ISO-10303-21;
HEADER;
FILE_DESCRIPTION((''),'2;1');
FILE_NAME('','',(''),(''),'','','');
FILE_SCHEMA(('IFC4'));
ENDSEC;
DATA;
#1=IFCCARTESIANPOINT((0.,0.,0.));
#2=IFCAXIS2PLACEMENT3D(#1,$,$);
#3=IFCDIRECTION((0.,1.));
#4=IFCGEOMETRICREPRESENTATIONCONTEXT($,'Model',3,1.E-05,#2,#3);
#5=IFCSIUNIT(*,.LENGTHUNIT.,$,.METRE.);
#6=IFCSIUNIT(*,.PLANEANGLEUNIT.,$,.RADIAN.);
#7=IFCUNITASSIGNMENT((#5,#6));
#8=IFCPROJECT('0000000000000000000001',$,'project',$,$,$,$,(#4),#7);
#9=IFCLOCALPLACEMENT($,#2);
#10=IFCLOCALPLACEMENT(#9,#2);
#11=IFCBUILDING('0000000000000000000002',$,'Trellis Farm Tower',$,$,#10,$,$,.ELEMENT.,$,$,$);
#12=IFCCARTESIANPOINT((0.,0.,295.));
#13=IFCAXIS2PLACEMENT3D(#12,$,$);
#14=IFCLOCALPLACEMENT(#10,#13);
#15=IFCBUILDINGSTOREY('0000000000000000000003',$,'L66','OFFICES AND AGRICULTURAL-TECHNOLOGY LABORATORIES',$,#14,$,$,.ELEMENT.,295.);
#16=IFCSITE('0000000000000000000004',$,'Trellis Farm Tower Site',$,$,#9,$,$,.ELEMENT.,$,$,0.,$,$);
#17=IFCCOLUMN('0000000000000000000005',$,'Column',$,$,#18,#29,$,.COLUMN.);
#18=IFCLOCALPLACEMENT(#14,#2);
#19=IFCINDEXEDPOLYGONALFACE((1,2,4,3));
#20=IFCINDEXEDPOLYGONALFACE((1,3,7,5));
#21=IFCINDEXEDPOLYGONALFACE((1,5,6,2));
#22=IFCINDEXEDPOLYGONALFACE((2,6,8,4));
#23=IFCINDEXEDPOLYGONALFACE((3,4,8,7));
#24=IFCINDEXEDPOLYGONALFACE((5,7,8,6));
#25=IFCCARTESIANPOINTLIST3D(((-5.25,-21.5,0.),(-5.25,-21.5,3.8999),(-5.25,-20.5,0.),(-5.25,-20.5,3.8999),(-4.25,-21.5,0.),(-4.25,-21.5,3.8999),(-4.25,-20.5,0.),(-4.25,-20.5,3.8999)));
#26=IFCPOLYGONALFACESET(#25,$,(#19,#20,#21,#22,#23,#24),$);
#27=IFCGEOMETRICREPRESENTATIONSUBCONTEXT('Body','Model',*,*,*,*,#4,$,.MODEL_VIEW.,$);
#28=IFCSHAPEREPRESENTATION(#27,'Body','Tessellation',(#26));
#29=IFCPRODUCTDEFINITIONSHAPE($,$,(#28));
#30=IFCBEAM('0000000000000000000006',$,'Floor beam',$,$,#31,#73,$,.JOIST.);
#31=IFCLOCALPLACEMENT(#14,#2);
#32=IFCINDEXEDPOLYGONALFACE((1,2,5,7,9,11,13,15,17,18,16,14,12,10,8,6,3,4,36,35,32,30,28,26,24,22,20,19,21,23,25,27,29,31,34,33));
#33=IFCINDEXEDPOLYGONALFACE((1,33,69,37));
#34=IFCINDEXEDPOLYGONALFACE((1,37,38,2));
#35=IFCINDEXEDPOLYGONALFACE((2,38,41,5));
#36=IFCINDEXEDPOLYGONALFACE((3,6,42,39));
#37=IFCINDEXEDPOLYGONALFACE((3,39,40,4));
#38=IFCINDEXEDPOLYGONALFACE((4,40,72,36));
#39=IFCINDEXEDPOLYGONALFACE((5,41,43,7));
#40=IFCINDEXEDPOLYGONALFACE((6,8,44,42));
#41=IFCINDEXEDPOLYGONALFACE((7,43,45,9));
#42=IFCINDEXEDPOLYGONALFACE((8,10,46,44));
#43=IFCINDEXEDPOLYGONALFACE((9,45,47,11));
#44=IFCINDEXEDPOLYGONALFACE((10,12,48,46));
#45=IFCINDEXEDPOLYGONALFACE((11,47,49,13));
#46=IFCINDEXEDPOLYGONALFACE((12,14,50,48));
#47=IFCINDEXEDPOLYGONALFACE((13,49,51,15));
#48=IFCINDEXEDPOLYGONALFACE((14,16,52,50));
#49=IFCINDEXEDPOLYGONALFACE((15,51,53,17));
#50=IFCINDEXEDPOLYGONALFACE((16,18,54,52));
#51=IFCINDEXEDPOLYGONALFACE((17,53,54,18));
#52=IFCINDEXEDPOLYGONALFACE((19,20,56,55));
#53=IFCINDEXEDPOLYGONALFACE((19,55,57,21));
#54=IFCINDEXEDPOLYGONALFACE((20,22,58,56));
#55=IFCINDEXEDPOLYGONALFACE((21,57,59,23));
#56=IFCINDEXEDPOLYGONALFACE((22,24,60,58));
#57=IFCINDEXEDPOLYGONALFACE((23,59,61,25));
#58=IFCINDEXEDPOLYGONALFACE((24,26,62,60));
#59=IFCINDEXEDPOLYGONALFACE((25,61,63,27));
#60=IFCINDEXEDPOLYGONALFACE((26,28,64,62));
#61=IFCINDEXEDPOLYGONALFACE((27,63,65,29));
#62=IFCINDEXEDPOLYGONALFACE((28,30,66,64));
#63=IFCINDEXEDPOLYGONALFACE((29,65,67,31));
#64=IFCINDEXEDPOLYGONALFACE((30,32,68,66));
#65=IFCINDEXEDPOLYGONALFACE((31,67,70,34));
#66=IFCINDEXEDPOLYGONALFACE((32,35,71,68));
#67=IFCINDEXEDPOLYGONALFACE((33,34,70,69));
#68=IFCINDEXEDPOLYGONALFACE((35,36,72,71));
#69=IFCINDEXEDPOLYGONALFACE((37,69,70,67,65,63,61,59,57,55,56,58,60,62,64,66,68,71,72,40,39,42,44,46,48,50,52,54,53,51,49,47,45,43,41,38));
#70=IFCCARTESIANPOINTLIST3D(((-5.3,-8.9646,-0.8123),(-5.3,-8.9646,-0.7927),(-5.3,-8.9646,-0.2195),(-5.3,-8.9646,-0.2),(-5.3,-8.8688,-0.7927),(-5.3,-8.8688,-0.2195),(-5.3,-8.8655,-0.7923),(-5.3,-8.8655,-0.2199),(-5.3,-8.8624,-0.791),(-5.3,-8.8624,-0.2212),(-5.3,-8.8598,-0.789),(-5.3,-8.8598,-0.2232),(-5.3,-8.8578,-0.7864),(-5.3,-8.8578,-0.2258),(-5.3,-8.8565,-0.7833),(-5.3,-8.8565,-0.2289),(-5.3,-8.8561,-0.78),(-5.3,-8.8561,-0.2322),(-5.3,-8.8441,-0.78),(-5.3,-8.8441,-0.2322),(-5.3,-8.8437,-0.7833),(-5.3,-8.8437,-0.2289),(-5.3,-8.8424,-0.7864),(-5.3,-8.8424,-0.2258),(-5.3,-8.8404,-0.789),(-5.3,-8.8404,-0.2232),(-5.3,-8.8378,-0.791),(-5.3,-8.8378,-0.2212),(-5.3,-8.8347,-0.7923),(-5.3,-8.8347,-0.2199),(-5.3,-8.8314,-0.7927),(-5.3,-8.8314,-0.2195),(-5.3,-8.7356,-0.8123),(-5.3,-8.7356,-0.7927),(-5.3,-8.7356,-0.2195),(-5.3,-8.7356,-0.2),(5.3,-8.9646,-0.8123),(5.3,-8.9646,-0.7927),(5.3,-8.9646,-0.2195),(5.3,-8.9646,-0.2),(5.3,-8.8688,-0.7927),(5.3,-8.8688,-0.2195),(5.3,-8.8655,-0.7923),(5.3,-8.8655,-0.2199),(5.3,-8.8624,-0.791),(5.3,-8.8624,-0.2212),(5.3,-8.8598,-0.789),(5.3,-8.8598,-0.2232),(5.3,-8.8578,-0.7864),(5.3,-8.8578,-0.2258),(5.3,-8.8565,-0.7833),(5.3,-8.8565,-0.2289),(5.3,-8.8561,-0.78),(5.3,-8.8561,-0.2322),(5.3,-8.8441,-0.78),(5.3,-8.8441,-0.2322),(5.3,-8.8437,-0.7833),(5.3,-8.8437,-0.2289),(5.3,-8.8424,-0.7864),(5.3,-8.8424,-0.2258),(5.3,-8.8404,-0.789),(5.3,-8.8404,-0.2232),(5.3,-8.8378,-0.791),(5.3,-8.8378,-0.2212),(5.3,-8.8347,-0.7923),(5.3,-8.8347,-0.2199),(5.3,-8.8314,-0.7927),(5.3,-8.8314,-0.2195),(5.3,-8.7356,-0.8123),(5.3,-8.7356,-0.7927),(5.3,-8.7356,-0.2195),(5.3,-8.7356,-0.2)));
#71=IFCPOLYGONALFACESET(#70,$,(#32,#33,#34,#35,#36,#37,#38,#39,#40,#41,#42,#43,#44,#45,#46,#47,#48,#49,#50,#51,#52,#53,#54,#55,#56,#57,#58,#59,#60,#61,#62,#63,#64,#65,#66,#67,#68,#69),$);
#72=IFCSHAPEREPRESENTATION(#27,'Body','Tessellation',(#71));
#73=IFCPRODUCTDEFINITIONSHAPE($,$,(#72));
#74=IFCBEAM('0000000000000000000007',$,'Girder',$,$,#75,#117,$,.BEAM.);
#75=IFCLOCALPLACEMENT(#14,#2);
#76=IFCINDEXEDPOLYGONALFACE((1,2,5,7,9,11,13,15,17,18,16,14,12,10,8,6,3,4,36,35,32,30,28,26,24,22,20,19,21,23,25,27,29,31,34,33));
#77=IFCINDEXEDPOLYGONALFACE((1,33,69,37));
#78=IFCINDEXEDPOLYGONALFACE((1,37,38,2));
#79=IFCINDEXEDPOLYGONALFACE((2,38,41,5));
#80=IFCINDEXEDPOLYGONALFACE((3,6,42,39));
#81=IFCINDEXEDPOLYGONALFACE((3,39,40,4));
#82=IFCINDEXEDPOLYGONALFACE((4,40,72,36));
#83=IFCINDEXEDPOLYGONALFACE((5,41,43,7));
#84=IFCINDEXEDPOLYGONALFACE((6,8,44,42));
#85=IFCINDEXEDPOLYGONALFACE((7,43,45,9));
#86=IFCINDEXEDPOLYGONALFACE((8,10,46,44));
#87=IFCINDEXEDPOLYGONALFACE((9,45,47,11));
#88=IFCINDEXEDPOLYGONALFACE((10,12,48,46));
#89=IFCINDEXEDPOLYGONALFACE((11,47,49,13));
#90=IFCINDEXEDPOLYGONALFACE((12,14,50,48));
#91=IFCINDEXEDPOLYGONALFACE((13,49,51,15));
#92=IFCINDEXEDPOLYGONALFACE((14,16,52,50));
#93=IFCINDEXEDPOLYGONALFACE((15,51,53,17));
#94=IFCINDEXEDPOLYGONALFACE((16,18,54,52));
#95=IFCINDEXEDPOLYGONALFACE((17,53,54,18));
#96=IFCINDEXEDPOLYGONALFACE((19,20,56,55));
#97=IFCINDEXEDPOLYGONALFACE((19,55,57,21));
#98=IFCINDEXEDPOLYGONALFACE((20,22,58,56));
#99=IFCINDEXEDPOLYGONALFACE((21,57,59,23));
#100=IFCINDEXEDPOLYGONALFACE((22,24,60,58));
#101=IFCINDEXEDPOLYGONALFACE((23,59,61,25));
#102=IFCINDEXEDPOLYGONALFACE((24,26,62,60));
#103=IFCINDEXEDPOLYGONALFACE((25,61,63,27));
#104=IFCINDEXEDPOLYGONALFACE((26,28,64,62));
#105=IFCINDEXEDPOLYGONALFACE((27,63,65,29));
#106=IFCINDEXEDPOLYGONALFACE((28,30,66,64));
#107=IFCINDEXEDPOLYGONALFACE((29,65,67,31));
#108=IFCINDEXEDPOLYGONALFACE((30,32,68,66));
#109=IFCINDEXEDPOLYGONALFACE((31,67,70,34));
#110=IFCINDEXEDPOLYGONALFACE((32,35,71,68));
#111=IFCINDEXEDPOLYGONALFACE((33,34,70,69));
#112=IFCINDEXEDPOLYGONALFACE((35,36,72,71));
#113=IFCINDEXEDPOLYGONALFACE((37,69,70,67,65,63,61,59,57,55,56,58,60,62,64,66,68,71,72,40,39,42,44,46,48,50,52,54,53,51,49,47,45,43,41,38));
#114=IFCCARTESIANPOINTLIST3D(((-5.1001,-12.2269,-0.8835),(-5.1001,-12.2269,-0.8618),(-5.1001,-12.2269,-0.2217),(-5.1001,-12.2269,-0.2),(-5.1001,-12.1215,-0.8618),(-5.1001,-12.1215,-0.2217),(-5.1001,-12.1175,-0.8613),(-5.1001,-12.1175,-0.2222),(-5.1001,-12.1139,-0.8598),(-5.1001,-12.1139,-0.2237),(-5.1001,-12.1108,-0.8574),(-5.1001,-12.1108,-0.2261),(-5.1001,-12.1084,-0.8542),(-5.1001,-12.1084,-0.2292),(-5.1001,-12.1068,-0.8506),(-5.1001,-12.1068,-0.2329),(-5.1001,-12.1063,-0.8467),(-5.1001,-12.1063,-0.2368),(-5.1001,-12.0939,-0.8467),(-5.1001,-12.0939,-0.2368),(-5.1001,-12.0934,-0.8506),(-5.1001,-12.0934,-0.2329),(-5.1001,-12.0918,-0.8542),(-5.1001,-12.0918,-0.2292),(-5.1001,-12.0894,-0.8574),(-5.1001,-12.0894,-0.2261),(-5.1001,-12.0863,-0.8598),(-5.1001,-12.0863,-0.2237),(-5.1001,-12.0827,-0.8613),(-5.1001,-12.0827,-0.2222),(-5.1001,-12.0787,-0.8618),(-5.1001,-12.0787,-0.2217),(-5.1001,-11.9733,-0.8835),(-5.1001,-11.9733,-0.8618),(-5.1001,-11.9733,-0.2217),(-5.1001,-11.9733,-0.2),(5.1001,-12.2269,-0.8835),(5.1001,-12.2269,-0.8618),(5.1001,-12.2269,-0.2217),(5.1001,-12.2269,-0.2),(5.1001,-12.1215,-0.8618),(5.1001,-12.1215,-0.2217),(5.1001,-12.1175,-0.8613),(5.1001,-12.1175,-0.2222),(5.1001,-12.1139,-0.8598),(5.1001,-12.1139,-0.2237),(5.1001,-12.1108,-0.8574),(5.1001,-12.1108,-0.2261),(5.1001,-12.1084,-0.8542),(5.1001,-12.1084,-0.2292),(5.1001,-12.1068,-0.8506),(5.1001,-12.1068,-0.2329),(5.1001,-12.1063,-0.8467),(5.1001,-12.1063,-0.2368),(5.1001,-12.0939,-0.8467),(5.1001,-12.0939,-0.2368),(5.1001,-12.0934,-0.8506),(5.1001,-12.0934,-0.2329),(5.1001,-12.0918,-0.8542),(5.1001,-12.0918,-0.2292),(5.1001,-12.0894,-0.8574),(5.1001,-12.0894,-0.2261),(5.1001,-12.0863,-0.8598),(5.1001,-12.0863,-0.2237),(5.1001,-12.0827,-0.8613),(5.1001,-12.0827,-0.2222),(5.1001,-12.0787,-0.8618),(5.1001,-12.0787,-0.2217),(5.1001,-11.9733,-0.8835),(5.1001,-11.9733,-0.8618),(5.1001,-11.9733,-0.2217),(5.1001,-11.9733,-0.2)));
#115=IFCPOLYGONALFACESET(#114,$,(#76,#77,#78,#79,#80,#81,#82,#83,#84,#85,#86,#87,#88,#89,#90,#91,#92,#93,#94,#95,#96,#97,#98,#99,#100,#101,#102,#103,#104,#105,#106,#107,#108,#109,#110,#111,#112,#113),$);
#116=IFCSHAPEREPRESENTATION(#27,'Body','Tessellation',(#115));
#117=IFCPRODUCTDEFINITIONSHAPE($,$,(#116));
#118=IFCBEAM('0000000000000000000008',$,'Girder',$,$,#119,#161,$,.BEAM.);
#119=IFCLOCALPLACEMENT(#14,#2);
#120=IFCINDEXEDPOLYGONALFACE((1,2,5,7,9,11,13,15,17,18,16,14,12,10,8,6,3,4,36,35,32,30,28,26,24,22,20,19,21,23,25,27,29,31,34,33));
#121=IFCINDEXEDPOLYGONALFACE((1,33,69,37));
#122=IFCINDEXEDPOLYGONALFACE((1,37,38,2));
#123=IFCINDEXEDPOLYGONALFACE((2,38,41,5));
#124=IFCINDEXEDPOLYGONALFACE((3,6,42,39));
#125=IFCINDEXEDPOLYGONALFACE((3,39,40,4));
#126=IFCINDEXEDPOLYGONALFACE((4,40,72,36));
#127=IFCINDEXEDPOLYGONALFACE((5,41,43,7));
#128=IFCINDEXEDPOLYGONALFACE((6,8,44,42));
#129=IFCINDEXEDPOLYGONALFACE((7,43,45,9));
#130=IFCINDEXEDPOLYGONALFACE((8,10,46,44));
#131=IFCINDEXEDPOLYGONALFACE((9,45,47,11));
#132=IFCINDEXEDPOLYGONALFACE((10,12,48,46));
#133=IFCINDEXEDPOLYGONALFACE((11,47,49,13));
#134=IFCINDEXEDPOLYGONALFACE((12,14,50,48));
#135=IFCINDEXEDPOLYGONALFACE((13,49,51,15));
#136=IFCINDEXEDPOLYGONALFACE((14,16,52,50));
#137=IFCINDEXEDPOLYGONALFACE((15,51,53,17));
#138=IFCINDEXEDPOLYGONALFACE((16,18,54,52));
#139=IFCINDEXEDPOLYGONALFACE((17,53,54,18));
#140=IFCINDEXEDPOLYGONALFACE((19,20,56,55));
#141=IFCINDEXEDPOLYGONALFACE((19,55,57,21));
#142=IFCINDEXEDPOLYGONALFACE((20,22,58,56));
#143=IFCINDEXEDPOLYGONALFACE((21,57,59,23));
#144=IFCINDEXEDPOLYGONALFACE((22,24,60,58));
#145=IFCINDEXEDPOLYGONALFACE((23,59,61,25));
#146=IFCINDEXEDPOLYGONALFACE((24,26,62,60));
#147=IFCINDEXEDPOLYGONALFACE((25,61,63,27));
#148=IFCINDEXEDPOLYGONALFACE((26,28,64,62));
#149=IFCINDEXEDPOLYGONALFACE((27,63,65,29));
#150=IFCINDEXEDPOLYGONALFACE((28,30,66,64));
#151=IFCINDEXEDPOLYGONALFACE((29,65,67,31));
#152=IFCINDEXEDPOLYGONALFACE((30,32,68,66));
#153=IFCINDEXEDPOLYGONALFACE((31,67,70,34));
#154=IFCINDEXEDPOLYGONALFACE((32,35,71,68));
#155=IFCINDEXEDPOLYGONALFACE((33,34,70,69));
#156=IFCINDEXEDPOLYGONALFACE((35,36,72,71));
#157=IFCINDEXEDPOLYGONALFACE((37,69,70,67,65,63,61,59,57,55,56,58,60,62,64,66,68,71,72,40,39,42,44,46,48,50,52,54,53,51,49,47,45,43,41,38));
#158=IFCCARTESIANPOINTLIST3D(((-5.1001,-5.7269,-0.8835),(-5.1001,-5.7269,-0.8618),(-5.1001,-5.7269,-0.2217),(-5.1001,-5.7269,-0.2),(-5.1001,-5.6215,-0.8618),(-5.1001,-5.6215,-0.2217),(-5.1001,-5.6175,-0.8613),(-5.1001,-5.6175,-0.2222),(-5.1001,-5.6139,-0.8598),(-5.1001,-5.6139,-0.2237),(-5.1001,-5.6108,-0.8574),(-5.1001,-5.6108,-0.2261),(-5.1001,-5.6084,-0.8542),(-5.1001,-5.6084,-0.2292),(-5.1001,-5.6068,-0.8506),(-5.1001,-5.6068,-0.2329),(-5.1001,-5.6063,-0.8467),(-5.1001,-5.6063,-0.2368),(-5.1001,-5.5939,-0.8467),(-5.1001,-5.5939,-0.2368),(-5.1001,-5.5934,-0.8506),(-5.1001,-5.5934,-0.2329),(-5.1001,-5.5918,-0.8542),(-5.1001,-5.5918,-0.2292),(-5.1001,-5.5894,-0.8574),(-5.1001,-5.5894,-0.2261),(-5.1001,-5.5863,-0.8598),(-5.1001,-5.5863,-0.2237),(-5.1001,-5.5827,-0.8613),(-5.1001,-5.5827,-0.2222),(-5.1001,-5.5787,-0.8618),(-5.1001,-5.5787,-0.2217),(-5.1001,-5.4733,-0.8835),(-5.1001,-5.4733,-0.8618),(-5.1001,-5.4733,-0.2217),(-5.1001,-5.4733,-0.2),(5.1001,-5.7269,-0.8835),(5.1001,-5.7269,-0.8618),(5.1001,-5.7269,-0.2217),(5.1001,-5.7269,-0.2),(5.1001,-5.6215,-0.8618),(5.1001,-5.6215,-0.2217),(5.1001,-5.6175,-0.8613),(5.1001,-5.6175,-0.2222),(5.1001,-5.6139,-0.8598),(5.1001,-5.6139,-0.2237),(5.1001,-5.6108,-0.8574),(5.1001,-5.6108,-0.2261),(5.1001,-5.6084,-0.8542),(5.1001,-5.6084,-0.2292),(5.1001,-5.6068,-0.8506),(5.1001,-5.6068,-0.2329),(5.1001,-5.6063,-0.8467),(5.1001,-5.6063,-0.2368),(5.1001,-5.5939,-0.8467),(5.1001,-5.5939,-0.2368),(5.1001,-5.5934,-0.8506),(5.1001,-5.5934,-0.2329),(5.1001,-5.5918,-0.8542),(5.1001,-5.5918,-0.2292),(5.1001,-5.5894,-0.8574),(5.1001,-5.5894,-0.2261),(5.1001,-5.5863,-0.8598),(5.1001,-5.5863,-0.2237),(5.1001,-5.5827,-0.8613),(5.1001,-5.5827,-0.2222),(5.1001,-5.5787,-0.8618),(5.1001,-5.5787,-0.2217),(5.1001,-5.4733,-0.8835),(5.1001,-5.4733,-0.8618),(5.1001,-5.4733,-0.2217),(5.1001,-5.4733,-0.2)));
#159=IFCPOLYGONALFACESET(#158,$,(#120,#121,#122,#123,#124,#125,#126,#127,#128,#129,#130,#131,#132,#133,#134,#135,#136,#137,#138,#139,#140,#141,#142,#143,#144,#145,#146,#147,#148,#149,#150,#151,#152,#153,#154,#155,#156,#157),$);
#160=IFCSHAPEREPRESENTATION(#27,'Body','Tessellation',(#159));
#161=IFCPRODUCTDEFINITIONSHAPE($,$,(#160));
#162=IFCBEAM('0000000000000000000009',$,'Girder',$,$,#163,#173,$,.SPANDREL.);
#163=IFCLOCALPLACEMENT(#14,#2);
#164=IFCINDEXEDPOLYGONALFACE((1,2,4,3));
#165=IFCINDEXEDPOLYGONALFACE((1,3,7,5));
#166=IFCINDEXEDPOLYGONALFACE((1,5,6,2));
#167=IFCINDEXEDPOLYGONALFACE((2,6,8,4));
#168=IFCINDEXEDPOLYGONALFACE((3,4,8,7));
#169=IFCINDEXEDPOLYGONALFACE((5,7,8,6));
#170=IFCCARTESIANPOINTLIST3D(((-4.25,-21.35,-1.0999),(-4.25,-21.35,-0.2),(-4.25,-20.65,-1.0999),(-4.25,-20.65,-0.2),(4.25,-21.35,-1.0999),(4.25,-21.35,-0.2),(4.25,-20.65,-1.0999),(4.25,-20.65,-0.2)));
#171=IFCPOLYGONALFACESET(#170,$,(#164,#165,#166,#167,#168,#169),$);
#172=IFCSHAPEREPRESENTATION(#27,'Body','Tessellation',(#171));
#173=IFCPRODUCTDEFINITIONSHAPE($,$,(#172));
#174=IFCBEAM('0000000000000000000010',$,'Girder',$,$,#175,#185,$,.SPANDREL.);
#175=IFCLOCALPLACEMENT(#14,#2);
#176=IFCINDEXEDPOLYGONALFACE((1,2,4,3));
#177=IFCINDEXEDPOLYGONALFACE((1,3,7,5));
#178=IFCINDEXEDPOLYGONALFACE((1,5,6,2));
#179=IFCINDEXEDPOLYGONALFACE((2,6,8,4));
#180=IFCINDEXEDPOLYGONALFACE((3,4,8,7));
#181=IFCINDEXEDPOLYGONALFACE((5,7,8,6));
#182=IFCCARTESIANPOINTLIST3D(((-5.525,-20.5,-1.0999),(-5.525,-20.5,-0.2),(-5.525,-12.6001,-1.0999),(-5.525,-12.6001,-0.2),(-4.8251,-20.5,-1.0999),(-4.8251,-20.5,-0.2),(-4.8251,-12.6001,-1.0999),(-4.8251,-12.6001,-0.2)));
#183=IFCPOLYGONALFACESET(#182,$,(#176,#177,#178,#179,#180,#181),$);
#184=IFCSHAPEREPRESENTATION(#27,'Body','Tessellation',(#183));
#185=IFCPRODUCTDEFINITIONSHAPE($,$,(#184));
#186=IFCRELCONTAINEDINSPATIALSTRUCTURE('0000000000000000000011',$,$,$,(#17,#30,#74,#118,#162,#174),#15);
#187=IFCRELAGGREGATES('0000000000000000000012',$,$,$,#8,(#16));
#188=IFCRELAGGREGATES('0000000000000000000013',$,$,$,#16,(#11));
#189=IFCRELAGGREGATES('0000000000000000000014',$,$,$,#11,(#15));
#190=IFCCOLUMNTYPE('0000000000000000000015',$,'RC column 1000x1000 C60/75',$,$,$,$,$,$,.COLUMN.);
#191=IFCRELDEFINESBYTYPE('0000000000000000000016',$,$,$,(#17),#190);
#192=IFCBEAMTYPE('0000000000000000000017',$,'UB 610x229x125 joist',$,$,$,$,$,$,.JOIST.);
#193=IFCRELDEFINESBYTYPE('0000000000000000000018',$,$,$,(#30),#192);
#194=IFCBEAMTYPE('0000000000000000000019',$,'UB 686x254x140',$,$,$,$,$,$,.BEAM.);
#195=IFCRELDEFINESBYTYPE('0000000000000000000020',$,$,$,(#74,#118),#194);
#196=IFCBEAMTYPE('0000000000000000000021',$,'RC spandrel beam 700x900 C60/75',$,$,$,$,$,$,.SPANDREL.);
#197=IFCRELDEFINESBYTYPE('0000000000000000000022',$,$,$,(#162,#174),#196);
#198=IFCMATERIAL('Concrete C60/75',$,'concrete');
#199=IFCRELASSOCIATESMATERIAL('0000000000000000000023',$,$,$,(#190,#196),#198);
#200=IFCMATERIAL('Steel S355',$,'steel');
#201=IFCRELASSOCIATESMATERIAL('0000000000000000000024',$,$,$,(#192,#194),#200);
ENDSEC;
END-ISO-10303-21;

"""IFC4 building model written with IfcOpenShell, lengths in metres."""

from ifc_helpers import new_model, si_unit, direction, frame, origin, origin_2d, place, context, subcontext, project, spatial, rectangle, i_section, extrude, source, transform, mapped, material, material_profile, profile_set, type_object, element, save


model = new_model("IFC4")

# Units and contexts
model_context = context("Model", 3, precision=1e-05, world=origin(), true_north=direction((0.0, 1.0)))
body_context = subcontext(model_context, "Body", "Model", "MODEL_VIEW")
ifc_project = project(units=[si_unit("LENGTHUNIT", "METRE"), si_unit("PLANEANGLEUNIT", "RADIAN")], contexts=[model_context])

# Site, building, storey
site_placement = place(None, origin())
site = spatial("IfcSite", under=ifc_project, at=site_placement, Name="Trellis Farm Tower Site", CompositionType="ELEMENT", RefElevation=0.0)
building_placement = place(site_placement, origin())
building = spatial("IfcBuilding", under=site, at=building_placement, Name="Trellis Farm Tower", CompositionType="ELEMENT")
storey_placement = place(building_placement, frame((0.0, 0.0, 295.0)))
storey = spatial("IfcBuildingStorey", under=building, at=storey_placement, Name="L66", Description="OFFICES AND AGRICULTURAL-TECHNOLOGY LABORATORIES", CompositionType="ELEMENT", Elevation=295.0)

# Column
ifc_material_1 = material(Name="Concrete C60/75", Category="concrete")
ifc_material_profile_1 = material_profile(ifc_material_1, rectangle(XDim=1.0, YDim=1.0, at=origin_2d()), Name="RC column 1000x1000 C60/75")
ifc_profile_set_1 = profile_set([ifc_material_profile_1], Name="Concrete C60/75")
column_type = type_object("IfcColumnType", Name="RC column 1000x1000 C60/75", PredefinedType="COLUMN", material=ifc_profile_set_1)
shared_shape_1 = source(origin(), body_context, "Body", "SweptSolid", [
    extrude(rectangle(XDim=1.0, YDim=1.0, at=origin_2d()), origin(), (0.0, 0.0, 1.0), 3.8999),
])
column_placement = place(storey_placement, frame((-4.75, -21.0, 0.0), z_axis=(0.0, 0.0, 1.0), x_axis=(1.0, 0.0, 0.0)))
element("IfcColumn", 1, at=column_placement, inside=storey, type_object=column_type, Name="Column", PredefinedType="COLUMN", context=body_context, shape_type="MappedRepresentation", body=[
    mapped(shared_shape_1, transform((0.0, 0.0, 0.0))),
])

# Beams
ifc_material_2 = material(Name="Steel S355", Category="steel")
ifc_material_profile_2 = material_profile(ifc_material_2, i_section(OverallWidth=0.229, OverallDepth=0.6123, WebThickness=0.012, FlangeThickness=0.0195, FilletRadius=0.0127, at=origin_2d()), Name="UB 610x229x125")
ifc_profile_set_2 = profile_set([ifc_material_profile_2], Name="Steel S355")
beam_type_1 = type_object("IfcBeamType", Name="UB 610x229x125 joist", PredefinedType="JOIST", material=ifc_profile_set_2)
shared_shape_2 = source(origin(), body_context, "Body", "SweptSolid", [
    extrude(i_section(OverallWidth=0.229, OverallDepth=0.6123, WebThickness=0.012, FlangeThickness=0.0195, FilletRadius=0.0127, at=origin_2d()), origin(), (0.0, 0.0, 1.0), 10.6001),
])
beam_1_placement = place(storey_placement, frame((-5.3, -8.8501, -0.5061), z_axis=(1.0, 0.0, 0.0), x_axis=(0.0, 1.0, 0.0)))
element("IfcBeam", 2, at=beam_1_placement, inside=storey, type_object=beam_type_1, Name="Floor beam", PredefinedType="JOIST", context=body_context, shape_type="MappedRepresentation", body=[
    mapped(shared_shape_2, transform((0.0, 0.0, 0.0))),
])
ifc_material_profile_3 = material_profile(ifc_material_2, i_section(OverallWidth=0.2537, OverallDepth=0.6836, WebThickness=0.0125, FlangeThickness=0.0217, FilletRadius=0.0151, at=origin_2d()), Name="UB 686x254x140")
ifc_profile_set_3 = profile_set([ifc_material_profile_3], Name="Steel S355")
beam_type_2 = type_object("IfcBeamType", Name="UB 686x254x140", PredefinedType="BEAM", material=ifc_profile_set_3)
shared_shape_3 = source(origin(), body_context, "Body", "SweptSolid", [
    extrude(i_section(OverallWidth=0.2537, OverallDepth=0.6836, WebThickness=0.0125, FlangeThickness=0.0217, FilletRadius=0.0151, at=origin_2d()), origin(), (0.0, 0.0, 1.0), 10.2002),
])
for number, where, z_axis, x_axis, name in (
    (3, (-5.1001, -12.1001, -0.5417), (1.0, 0.0, 0.0), (0.0, 1.0, 0.0), "Girder"),
    (4, (-5.1001, -5.6001, -0.5417), (1.0, 0.0, 0.0), (0.0, 1.0, 0.0), "Girder"),
):
    element("IfcBeam", number, at=place(storey_placement, frame(where, z_axis=z_axis, x_axis=x_axis)), inside=storey, type_object=beam_type_2, Name=name, PredefinedType="BEAM", context=body_context, shape_type="MappedRepresentation", body=[
        mapped(shared_shape_3, transform((0.0, 0.0, 0.0))),
    ])
ifc_material_profile_4 = material_profile(ifc_material_1, rectangle(XDim=0.7, YDim=0.8999, at=origin_2d()), Name="RC spandrel beam 700x900 C60/75")
ifc_profile_set_4 = profile_set([ifc_material_profile_4], Name="Concrete C60/75")
beam_type_3 = type_object("IfcBeamType", Name="RC spandrel beam 700x900 C60/75", PredefinedType="SPANDREL", material=ifc_profile_set_4)
shared_shape_4 = source(origin(), body_context, "Body", "SweptSolid", [
    extrude(rectangle(XDim=0.7, YDim=0.8999, at=origin_2d()), origin(), (0.0, 0.0, 1.0), 8.5),
])
beam_2_placement = place(storey_placement, frame((-4.25, -21.0, -0.6499), z_axis=(1.0, 0.0, 0.0), x_axis=(0.0, 1.0, 0.0)))
element("IfcBeam", 5, at=beam_2_placement, inside=storey, type_object=beam_type_3, Name="Girder", PredefinedType="SPANDREL", context=body_context, shape_type="MappedRepresentation", body=[
    mapped(shared_shape_4, transform((0.0, 0.0, 0.0))),
])
shared_shape_5 = source(origin(), body_context, "Body", "SweptSolid", [
    extrude(rectangle(XDim=0.7, YDim=0.8999, at=origin_2d()), origin(), (0.0, 0.0, 1.0), 7.8999),
])
beam_3_placement = place(storey_placement, frame((-5.175, -20.5, -0.6499), z_axis=(0.0, 1.0, 0.0), x_axis=(-1.0, 0.0, 0.0)))
element("IfcBeam", 6, at=beam_3_placement, inside=storey, type_object=beam_type_3, Name="Girder", PredefinedType="SPANDREL", context=body_context, shape_type="MappedRepresentation", body=[
    mapped(shared_shape_5, transform((0.0, 0.0, 0.0))),
])

save(model, "model.ifc")
